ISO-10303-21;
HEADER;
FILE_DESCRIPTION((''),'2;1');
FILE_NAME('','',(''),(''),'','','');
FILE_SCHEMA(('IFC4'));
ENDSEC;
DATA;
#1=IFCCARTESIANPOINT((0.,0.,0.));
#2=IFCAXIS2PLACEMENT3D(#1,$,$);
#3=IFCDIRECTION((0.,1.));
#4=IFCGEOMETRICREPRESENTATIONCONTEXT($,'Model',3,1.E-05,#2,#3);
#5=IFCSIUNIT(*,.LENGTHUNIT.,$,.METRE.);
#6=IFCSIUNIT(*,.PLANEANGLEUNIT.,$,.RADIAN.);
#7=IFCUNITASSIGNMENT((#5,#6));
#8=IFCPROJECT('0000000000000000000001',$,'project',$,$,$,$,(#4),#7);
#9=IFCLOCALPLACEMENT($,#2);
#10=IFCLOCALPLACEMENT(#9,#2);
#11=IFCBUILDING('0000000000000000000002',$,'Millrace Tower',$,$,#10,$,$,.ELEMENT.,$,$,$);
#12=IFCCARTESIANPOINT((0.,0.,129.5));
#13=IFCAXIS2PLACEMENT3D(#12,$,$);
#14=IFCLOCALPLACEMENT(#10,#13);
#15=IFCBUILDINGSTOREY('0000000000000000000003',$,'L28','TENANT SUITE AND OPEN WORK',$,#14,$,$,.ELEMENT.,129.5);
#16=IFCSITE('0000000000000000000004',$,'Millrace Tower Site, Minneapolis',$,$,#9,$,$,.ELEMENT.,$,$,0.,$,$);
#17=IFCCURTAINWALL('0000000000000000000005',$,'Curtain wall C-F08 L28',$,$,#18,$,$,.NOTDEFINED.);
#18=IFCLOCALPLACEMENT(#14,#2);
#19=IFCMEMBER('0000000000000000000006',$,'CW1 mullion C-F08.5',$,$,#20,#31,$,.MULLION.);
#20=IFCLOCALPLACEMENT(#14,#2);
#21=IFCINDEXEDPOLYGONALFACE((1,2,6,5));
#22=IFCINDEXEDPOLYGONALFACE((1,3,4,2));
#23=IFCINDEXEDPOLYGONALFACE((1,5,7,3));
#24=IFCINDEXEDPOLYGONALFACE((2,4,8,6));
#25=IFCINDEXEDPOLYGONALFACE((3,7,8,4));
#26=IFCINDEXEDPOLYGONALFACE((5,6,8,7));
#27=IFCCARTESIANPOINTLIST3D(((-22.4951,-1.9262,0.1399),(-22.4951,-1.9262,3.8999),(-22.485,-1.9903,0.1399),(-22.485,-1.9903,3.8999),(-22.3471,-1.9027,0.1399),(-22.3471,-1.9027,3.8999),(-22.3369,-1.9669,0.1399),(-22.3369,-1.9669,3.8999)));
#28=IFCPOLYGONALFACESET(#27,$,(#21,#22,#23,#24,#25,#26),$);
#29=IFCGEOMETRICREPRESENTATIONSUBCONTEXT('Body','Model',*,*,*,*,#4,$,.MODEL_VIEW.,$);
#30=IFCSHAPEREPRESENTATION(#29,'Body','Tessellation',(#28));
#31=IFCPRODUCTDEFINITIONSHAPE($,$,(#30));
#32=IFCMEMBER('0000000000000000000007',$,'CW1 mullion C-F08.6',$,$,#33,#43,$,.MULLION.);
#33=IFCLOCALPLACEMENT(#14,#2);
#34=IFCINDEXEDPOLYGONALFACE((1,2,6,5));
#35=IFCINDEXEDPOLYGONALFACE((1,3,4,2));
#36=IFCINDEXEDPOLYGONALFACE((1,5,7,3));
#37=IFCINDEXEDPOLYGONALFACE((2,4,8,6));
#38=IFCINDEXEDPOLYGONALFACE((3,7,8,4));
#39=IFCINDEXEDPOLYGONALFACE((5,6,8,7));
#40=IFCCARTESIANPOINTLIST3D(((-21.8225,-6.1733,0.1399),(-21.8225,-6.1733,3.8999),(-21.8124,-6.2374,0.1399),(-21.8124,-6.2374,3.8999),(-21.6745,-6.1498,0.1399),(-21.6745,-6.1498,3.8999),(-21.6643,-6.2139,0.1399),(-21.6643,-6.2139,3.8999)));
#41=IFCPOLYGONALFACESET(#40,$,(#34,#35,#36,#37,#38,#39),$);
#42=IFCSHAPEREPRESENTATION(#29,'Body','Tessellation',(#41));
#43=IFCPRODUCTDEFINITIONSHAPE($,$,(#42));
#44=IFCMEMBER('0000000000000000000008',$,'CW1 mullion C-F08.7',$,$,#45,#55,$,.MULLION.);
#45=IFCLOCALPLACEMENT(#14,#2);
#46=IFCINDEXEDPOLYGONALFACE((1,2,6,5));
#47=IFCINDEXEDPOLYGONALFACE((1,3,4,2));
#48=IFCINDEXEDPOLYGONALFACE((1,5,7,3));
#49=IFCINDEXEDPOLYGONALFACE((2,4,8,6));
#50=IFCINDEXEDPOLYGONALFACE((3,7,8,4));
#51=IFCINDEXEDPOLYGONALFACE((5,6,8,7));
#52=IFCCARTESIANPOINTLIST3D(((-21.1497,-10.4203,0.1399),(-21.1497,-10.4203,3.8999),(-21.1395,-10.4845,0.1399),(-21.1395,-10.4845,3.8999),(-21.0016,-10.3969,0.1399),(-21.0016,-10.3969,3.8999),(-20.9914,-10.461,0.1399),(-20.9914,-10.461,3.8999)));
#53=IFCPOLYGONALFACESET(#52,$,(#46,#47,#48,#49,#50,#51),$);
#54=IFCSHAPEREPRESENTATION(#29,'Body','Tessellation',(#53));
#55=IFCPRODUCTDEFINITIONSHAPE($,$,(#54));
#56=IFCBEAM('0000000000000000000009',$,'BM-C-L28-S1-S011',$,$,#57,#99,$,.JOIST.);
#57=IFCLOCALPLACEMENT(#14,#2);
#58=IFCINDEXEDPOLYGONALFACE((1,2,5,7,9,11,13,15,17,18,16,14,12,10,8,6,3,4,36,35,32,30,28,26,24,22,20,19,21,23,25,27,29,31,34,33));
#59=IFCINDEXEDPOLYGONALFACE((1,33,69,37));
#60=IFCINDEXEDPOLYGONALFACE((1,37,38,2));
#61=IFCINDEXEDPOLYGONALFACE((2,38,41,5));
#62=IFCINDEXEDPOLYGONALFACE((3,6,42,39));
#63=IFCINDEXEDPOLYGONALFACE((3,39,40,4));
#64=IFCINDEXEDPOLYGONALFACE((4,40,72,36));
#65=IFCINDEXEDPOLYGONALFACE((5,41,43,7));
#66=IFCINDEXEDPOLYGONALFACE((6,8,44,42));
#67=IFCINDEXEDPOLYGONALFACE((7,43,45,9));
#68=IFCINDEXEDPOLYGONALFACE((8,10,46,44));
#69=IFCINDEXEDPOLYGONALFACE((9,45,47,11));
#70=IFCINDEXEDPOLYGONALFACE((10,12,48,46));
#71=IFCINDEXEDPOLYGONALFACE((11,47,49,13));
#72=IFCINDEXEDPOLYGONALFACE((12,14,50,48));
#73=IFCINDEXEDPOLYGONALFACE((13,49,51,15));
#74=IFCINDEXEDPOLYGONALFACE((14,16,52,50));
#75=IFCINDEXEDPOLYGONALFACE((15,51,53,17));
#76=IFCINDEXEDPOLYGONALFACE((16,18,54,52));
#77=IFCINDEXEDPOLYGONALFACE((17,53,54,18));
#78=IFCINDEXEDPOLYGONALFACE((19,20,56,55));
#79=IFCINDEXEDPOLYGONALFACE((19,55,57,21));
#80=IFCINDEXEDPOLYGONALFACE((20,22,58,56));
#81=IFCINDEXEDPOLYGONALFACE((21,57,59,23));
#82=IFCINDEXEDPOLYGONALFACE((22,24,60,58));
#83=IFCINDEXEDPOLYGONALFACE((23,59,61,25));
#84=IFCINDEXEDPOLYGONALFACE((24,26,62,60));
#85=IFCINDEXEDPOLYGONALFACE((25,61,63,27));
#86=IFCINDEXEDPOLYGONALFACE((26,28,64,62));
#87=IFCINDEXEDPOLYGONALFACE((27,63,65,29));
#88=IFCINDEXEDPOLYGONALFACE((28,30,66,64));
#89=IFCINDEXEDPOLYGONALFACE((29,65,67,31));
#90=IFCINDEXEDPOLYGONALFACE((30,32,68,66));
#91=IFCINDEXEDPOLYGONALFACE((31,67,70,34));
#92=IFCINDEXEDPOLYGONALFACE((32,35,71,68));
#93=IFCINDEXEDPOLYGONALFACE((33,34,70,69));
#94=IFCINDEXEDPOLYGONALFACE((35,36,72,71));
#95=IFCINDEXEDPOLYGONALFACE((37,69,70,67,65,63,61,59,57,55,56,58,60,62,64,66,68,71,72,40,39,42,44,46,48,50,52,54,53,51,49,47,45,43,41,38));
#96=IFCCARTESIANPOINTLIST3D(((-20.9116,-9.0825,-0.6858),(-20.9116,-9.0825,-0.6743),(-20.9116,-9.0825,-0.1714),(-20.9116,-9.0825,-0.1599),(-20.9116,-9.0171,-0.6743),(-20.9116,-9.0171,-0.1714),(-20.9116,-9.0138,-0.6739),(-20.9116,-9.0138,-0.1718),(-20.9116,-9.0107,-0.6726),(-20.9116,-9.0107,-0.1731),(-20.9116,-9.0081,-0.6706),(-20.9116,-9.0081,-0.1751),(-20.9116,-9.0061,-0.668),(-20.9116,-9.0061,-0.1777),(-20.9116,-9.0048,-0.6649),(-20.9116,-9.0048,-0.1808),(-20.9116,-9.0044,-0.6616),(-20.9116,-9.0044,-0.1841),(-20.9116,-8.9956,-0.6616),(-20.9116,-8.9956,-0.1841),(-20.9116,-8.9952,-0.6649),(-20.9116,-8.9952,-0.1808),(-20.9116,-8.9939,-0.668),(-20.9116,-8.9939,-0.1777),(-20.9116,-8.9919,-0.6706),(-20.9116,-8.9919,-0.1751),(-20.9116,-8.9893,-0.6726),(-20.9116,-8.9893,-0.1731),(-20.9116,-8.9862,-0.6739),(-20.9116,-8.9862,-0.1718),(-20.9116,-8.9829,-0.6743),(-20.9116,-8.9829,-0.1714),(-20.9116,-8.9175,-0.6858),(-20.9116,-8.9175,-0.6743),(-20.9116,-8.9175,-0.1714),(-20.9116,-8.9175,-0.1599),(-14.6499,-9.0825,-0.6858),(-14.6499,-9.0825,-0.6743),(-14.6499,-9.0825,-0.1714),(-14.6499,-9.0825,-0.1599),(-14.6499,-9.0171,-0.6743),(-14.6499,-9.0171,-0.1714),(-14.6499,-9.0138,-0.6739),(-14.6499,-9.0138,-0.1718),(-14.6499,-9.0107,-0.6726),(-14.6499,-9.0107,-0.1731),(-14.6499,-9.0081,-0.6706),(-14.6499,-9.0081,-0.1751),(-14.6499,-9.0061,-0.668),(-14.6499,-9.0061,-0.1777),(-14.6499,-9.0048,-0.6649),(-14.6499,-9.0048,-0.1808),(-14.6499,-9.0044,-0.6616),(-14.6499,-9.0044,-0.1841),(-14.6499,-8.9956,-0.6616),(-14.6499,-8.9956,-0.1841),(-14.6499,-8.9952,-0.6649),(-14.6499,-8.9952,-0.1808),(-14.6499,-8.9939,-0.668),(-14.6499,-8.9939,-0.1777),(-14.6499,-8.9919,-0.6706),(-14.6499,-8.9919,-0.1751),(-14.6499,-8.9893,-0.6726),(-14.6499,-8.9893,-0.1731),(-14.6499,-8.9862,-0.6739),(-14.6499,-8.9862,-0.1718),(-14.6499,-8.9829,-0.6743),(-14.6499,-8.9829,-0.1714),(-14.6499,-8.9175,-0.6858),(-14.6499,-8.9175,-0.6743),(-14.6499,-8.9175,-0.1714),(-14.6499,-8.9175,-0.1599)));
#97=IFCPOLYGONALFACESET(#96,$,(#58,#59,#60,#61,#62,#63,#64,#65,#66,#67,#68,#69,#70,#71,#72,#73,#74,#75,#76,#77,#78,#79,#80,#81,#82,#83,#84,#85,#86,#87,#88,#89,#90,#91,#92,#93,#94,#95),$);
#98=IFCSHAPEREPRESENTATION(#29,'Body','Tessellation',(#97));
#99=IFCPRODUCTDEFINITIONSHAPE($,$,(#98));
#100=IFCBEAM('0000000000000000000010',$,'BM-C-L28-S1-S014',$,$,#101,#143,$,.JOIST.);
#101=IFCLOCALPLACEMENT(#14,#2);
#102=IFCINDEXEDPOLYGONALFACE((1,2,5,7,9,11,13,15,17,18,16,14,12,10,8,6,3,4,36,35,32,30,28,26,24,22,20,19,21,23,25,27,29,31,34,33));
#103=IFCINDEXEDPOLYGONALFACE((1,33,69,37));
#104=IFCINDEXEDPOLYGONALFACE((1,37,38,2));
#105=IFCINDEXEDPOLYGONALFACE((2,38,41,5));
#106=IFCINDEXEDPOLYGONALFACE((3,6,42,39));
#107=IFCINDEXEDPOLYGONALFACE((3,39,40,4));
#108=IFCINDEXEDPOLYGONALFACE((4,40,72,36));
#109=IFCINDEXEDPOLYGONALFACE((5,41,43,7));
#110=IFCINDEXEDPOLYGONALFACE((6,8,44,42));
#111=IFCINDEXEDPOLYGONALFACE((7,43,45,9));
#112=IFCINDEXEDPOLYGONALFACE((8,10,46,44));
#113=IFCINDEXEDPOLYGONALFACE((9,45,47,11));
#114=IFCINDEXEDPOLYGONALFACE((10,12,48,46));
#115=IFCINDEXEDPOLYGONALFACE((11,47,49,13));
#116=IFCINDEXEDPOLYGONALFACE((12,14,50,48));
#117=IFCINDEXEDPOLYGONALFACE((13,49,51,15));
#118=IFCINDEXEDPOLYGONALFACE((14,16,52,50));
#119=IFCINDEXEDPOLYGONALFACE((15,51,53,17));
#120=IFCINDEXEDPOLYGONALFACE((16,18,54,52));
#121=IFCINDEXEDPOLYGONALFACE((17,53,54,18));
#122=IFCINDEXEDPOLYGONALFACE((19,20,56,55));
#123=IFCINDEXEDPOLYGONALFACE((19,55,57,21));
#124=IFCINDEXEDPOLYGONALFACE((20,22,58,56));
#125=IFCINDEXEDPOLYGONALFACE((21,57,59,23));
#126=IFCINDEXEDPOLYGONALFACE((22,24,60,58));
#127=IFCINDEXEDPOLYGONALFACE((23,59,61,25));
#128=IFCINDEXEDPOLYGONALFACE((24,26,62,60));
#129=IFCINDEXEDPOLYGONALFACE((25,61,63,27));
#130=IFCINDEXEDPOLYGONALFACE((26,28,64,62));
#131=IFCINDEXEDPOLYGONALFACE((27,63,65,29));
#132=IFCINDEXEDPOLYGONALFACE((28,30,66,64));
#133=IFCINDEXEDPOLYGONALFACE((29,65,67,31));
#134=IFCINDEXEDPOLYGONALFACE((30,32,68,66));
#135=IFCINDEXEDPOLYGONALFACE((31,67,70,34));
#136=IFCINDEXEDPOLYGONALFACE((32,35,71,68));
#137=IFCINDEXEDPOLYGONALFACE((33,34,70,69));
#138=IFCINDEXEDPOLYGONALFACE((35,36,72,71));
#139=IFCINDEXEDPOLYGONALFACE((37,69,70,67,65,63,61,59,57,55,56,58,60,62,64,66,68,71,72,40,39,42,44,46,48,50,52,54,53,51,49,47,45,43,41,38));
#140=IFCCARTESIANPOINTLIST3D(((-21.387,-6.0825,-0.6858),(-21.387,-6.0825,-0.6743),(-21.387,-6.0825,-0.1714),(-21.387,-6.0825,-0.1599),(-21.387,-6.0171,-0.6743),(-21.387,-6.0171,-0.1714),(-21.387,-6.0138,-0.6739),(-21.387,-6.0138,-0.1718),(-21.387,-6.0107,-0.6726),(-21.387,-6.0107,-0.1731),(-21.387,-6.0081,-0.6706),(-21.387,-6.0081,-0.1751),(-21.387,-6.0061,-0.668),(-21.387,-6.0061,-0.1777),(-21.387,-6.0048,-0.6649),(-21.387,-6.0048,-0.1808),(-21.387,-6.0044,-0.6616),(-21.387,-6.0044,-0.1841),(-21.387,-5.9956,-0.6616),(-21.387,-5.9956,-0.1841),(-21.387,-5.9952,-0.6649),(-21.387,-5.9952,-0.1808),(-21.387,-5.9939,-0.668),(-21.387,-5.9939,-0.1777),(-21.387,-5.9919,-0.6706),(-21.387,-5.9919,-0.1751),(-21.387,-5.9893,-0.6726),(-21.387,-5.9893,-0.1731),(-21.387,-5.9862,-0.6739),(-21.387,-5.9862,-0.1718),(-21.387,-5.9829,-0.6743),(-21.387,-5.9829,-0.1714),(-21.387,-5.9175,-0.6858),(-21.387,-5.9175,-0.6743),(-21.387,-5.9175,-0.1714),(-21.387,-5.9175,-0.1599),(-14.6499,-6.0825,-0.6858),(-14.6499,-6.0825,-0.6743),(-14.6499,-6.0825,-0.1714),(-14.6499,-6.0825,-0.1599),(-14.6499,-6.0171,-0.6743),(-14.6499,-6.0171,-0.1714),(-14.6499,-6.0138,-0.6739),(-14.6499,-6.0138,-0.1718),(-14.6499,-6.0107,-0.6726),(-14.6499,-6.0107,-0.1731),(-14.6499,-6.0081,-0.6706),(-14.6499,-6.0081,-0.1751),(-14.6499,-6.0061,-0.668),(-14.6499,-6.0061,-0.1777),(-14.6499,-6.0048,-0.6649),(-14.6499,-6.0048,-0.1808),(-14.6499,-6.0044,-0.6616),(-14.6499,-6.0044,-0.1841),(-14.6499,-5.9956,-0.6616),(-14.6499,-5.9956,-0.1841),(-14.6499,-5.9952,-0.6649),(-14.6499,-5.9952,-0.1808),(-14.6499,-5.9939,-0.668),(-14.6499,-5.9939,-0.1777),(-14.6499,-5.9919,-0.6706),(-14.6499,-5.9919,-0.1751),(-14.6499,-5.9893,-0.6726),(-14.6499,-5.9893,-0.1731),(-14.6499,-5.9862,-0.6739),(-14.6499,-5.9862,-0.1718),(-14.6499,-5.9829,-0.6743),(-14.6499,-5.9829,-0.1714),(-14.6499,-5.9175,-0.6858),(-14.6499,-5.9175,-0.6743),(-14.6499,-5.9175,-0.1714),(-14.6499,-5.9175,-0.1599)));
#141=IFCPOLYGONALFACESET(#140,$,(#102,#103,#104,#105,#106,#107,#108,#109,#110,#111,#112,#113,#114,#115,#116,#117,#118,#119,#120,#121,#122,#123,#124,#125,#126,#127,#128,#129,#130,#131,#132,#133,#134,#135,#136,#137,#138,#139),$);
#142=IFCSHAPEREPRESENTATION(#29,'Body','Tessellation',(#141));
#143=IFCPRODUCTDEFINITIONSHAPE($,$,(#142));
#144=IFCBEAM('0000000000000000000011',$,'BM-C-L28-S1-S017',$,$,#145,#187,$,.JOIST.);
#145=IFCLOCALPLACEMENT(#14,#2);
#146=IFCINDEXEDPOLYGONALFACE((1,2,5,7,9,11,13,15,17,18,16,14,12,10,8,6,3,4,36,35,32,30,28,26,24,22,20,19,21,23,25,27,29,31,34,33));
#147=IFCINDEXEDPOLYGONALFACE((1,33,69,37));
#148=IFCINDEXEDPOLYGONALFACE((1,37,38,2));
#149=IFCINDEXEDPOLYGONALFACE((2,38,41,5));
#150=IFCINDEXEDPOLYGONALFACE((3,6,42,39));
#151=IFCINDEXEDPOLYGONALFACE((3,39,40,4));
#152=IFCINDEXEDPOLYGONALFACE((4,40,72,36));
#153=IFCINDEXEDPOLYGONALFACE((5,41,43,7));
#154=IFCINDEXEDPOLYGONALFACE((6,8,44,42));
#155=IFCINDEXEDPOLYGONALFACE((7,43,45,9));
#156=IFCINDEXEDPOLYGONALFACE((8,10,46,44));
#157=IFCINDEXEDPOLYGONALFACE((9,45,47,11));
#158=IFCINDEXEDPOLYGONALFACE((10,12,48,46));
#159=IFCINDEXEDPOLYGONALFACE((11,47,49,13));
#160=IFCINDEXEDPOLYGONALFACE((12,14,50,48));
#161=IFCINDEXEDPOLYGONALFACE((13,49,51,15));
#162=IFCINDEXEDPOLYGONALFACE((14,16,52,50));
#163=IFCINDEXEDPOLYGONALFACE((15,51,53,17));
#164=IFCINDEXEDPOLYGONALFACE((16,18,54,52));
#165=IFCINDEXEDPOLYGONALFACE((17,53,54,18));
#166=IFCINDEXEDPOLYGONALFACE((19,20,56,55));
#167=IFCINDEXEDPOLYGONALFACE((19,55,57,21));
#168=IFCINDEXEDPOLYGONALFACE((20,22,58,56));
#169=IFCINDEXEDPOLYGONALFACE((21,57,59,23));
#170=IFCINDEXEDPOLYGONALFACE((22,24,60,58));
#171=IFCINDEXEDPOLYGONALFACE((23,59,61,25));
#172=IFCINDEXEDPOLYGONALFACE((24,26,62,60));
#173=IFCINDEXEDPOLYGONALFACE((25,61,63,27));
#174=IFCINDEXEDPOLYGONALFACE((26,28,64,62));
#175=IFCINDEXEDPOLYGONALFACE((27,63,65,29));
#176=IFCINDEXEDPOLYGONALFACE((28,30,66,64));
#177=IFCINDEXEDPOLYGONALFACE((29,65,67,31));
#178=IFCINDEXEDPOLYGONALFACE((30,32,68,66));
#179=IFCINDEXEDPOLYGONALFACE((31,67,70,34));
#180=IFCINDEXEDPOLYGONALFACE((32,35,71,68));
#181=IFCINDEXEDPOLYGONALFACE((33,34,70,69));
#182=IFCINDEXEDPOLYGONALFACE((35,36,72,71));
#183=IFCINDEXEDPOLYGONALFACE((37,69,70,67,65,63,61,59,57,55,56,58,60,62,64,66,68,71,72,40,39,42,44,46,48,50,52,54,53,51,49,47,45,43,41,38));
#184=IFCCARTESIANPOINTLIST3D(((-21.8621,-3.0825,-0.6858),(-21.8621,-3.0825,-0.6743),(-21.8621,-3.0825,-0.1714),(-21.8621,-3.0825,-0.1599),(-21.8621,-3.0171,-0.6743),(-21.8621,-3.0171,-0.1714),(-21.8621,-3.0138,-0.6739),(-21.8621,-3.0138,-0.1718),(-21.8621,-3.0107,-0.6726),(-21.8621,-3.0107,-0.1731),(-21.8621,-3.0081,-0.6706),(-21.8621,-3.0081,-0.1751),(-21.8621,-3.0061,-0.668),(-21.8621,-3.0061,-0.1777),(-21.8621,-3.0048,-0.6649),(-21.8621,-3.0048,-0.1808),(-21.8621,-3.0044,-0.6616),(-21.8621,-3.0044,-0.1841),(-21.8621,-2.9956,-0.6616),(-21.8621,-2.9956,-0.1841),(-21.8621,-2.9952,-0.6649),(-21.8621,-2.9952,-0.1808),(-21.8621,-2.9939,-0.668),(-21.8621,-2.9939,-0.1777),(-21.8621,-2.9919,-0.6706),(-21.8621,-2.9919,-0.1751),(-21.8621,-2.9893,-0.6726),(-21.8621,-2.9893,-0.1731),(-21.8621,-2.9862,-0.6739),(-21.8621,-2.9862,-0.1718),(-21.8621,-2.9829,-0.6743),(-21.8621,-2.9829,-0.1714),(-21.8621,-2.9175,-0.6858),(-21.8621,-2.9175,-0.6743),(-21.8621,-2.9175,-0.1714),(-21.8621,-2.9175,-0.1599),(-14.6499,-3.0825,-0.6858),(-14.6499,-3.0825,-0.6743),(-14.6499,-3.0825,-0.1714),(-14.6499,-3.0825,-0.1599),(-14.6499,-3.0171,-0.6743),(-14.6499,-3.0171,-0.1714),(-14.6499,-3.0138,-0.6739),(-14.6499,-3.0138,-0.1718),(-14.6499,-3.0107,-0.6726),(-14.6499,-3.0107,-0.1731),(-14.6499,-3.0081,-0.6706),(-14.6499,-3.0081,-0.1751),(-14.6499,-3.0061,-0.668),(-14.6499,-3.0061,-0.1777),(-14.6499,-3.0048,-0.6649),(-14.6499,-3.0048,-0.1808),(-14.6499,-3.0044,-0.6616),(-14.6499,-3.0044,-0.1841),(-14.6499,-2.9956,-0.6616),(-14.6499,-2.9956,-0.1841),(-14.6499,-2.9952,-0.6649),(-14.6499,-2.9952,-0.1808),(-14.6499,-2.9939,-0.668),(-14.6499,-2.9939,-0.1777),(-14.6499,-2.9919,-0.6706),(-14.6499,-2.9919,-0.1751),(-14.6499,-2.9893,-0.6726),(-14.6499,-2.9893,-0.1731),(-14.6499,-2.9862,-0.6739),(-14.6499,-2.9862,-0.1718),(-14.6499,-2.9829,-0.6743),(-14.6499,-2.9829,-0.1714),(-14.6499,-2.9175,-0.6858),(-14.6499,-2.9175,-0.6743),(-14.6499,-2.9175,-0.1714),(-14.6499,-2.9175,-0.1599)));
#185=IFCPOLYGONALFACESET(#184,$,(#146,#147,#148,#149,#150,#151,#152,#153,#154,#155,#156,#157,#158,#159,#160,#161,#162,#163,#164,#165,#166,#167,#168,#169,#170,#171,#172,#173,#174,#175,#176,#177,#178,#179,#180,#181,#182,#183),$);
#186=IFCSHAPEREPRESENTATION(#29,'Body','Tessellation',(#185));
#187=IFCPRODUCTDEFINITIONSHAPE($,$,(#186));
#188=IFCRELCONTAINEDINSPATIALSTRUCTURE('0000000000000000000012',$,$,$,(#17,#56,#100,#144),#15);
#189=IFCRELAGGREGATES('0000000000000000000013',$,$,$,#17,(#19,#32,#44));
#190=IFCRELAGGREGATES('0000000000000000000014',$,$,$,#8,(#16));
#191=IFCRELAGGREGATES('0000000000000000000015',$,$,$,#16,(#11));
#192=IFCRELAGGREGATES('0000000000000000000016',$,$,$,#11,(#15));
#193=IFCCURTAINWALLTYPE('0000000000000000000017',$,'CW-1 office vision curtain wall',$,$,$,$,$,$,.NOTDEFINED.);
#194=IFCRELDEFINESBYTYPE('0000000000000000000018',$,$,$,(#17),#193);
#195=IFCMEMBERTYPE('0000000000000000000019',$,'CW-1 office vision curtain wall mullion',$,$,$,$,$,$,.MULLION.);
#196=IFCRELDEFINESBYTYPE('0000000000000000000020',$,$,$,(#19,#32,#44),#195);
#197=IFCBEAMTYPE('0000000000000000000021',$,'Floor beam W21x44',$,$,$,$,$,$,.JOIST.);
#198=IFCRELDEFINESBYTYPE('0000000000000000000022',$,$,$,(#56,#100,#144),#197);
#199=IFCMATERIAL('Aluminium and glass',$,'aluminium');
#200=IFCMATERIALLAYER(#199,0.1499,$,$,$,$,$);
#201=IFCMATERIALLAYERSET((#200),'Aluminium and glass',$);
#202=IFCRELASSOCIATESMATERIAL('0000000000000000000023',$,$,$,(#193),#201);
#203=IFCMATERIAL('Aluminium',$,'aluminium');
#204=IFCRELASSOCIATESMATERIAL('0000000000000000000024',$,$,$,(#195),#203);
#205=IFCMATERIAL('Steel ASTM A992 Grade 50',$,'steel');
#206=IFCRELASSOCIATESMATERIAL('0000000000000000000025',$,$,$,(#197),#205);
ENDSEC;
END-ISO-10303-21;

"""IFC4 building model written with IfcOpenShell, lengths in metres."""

from ifc_helpers import new_model, si_unit, direction, frame, origin, origin_2d, place, context, subcontext, project, spatial, rectangle, i_section, extrude, material, layer, layer_set, material_profile, profile_set, type_object, element, aggregate, save


model = new_model("IFC4")

# Units and contexts
model_context = context("Model", 3, precision=1e-05, world=origin(), true_north=direction((0.0, 1.0)))
body_context = subcontext(model_context, "Body", "Model", "MODEL_VIEW")
ifc_project = project(units=[si_unit("LENGTHUNIT", "METRE"), si_unit("PLANEANGLEUNIT", "RADIAN")], contexts=[model_context])

# Site, building, storey
site_placement = place(None, origin())
site = spatial("IfcSite", under=ifc_project, at=site_placement, Name="Millrace Tower Site, Minneapolis", CompositionType="ELEMENT", RefElevation=0.0)
building_placement = place(site_placement, origin())
building = spatial("IfcBuilding", under=site, at=building_placement, Name="Millrace Tower", CompositionType="ELEMENT")
storey_placement = place(building_placement, frame((0.0, 0.0, 129.5)))
storey = spatial("IfcBuildingStorey", under=building, at=storey_placement, Name="L28", Description="TENANT SUITE AND OPEN WORK", CompositionType="ELEMENT", Elevation=129.5)

# Curtain wall, members
ifc_material_1 = material(Name="Aluminium and glass", Category="aluminium")
ifc_layer_1 = layer(ifc_material_1, 0.1499)
ifc_layer_set_1 = layer_set([ifc_layer_1], Name="Aluminium and glass")
curtain_wall_type = type_object("IfcCurtainWallType", Name="CW-1 office vision curtain wall", PredefinedType="NOTDEFINED", material=ifc_layer_set_1)
curtain_wall_placement = place(storey_placement, origin())
curtain_wall = element("IfcCurtainWall", 1, at=curtain_wall_placement, inside=storey, type_object=curtain_wall_type, Name="Curtain wall C-F08 L28", PredefinedType="NOTDEFINED")
ifc_material_2 = material(Name="Aluminium", Category="aluminium")
ifc_material_profile_1 = material_profile(ifc_material_2, rectangle(XDim=0.0649, YDim=0.1499, at=origin_2d()))
ifc_profile_set_1 = profile_set([ifc_material_profile_1], Name="Aluminium")
member_type = type_object("IfcMemberType", Name="CW-1 office vision curtain wall mullion", PredefinedType="MULLION", material=ifc_profile_set_1)
member_1_placement = place(storey_placement, frame((-22.416, -1.9465, 0.1399), z_axis=(0.0, 0.0, 1.0), x_axis=(0.156434, -0.987688, 0.0)))
member_1 = element("IfcMember", 2, at=member_1_placement, type_object=member_type, Name="CW1 mullion C-F08.5", PredefinedType="MULLION", context=body_context, shape_type="SweptSolid", body=[
    extrude(rectangle(XDim=0.0649, YDim=0.1499, at=origin_2d()), origin(), (0.0, 0.0, 1.0), 3.76),
])
member_2_placement = place(storey_placement, frame((-21.7434, -6.1936, 0.1399), z_axis=(0.0, 0.0, 1.0), x_axis=(0.156434, -0.987688, 0.0)))
member_2 = element("IfcMember", 3, at=member_2_placement, type_object=member_type, Name="CW1 mullion C-F08.6", PredefinedType="MULLION", context=body_context, shape_type="SweptSolid", body=[
    extrude(rectangle(XDim=0.0649, YDim=0.1499, at=origin_2d()), origin(), (0.0, 0.0, 1.0), 3.76),
])
member_3_placement = place(storey_placement, frame((-21.0706, -10.4407, 0.1399), z_axis=(0.0, 0.0, 1.0), x_axis=(0.156434, -0.987688, 0.0)))
member_3 = element("IfcMember", 4, at=member_3_placement, type_object=member_type, Name="CW1 mullion C-F08.7", PredefinedType="MULLION", context=body_context, shape_type="SweptSolid", body=[
    extrude(rectangle(XDim=0.0649, YDim=0.1499, at=origin_2d()), origin(), (0.0, 0.0, 1.0), 3.76),
])
aggregate(curtain_wall, [member_1, member_2, member_3])

# Beams
ifc_material_3 = material(Name="Steel ASTM A992 Grade 50", Category="steel")
ifc_material_profile_2 = material_profile(ifc_material_3, i_section(OverallWidth=0.165, OverallDepth=0.5259, WebThickness=0.0088, FlangeThickness=0.0115, FilletRadius=0.0127, at=origin_2d()))
ifc_profile_set_2 = profile_set([ifc_material_profile_2], Name="Steel ASTM A992 Grade 50")
beam_type_1 = type_object("IfcBeamType", Name="Floor beam W21x44", PredefinedType="JOIST", material=ifc_profile_set_2)
beam_1_placement = place(storey_placement, frame((-20.9116, -9.0, -0.4229), z_axis=(1.0, 0.0, 0.0), x_axis=(0.0, 1.0, 0.0)))
element("IfcBeam", 5, at=beam_1_placement, inside=storey, type_object=beam_type_1, Name="BM-C-L28-S1-S011", PredefinedType="JOIST", context=body_context, shape_type="SweptSolid", body=[
    extrude(i_section(OverallWidth=0.165, OverallDepth=0.5259, WebThickness=0.0088, FlangeThickness=0.0115, FilletRadius=0.0127, at=origin_2d()), origin(), (0.0, 0.0, 1.0), 6.2617),
])
beam_2_placement = place(storey_placement, frame((-21.387, -6.0, -0.4229), z_axis=(1.0, 0.0, 0.0), x_axis=(0.0, 1.0, 0.0)))
element("IfcBeam", 6, at=beam_2_placement, inside=storey, type_object=beam_type_1, Name="BM-C-L28-S1-S014", PredefinedType="JOIST", context=body_context, shape_type="SweptSolid", body=[
    extrude(i_section(OverallWidth=0.165, OverallDepth=0.5259, WebThickness=0.0088, FlangeThickness=0.0115, FilletRadius=0.0127, at=origin_2d()), origin(), (0.0, 0.0, 1.0), 6.7371),
])
beam_3_placement = place(storey_placement, frame((-21.8621, -3.0, -0.4229), z_axis=(1.0, 0.0, 0.0), x_axis=(0.0, 1.0, 0.0)))
element("IfcBeam", 7, at=beam_3_placement, inside=storey, type_object=beam_type_1, Name="BM-C-L28-S1-S017", PredefinedType="JOIST", context=body_context, shape_type="SweptSolid", body=[
    extrude(i_section(OverallWidth=0.165, OverallDepth=0.5259, WebThickness=0.0088, FlangeThickness=0.0115, FilletRadius=0.0127, at=origin_2d()), origin(), (0.0, 0.0, 1.0), 7.2122),
])

save(model, "model.ifc")
